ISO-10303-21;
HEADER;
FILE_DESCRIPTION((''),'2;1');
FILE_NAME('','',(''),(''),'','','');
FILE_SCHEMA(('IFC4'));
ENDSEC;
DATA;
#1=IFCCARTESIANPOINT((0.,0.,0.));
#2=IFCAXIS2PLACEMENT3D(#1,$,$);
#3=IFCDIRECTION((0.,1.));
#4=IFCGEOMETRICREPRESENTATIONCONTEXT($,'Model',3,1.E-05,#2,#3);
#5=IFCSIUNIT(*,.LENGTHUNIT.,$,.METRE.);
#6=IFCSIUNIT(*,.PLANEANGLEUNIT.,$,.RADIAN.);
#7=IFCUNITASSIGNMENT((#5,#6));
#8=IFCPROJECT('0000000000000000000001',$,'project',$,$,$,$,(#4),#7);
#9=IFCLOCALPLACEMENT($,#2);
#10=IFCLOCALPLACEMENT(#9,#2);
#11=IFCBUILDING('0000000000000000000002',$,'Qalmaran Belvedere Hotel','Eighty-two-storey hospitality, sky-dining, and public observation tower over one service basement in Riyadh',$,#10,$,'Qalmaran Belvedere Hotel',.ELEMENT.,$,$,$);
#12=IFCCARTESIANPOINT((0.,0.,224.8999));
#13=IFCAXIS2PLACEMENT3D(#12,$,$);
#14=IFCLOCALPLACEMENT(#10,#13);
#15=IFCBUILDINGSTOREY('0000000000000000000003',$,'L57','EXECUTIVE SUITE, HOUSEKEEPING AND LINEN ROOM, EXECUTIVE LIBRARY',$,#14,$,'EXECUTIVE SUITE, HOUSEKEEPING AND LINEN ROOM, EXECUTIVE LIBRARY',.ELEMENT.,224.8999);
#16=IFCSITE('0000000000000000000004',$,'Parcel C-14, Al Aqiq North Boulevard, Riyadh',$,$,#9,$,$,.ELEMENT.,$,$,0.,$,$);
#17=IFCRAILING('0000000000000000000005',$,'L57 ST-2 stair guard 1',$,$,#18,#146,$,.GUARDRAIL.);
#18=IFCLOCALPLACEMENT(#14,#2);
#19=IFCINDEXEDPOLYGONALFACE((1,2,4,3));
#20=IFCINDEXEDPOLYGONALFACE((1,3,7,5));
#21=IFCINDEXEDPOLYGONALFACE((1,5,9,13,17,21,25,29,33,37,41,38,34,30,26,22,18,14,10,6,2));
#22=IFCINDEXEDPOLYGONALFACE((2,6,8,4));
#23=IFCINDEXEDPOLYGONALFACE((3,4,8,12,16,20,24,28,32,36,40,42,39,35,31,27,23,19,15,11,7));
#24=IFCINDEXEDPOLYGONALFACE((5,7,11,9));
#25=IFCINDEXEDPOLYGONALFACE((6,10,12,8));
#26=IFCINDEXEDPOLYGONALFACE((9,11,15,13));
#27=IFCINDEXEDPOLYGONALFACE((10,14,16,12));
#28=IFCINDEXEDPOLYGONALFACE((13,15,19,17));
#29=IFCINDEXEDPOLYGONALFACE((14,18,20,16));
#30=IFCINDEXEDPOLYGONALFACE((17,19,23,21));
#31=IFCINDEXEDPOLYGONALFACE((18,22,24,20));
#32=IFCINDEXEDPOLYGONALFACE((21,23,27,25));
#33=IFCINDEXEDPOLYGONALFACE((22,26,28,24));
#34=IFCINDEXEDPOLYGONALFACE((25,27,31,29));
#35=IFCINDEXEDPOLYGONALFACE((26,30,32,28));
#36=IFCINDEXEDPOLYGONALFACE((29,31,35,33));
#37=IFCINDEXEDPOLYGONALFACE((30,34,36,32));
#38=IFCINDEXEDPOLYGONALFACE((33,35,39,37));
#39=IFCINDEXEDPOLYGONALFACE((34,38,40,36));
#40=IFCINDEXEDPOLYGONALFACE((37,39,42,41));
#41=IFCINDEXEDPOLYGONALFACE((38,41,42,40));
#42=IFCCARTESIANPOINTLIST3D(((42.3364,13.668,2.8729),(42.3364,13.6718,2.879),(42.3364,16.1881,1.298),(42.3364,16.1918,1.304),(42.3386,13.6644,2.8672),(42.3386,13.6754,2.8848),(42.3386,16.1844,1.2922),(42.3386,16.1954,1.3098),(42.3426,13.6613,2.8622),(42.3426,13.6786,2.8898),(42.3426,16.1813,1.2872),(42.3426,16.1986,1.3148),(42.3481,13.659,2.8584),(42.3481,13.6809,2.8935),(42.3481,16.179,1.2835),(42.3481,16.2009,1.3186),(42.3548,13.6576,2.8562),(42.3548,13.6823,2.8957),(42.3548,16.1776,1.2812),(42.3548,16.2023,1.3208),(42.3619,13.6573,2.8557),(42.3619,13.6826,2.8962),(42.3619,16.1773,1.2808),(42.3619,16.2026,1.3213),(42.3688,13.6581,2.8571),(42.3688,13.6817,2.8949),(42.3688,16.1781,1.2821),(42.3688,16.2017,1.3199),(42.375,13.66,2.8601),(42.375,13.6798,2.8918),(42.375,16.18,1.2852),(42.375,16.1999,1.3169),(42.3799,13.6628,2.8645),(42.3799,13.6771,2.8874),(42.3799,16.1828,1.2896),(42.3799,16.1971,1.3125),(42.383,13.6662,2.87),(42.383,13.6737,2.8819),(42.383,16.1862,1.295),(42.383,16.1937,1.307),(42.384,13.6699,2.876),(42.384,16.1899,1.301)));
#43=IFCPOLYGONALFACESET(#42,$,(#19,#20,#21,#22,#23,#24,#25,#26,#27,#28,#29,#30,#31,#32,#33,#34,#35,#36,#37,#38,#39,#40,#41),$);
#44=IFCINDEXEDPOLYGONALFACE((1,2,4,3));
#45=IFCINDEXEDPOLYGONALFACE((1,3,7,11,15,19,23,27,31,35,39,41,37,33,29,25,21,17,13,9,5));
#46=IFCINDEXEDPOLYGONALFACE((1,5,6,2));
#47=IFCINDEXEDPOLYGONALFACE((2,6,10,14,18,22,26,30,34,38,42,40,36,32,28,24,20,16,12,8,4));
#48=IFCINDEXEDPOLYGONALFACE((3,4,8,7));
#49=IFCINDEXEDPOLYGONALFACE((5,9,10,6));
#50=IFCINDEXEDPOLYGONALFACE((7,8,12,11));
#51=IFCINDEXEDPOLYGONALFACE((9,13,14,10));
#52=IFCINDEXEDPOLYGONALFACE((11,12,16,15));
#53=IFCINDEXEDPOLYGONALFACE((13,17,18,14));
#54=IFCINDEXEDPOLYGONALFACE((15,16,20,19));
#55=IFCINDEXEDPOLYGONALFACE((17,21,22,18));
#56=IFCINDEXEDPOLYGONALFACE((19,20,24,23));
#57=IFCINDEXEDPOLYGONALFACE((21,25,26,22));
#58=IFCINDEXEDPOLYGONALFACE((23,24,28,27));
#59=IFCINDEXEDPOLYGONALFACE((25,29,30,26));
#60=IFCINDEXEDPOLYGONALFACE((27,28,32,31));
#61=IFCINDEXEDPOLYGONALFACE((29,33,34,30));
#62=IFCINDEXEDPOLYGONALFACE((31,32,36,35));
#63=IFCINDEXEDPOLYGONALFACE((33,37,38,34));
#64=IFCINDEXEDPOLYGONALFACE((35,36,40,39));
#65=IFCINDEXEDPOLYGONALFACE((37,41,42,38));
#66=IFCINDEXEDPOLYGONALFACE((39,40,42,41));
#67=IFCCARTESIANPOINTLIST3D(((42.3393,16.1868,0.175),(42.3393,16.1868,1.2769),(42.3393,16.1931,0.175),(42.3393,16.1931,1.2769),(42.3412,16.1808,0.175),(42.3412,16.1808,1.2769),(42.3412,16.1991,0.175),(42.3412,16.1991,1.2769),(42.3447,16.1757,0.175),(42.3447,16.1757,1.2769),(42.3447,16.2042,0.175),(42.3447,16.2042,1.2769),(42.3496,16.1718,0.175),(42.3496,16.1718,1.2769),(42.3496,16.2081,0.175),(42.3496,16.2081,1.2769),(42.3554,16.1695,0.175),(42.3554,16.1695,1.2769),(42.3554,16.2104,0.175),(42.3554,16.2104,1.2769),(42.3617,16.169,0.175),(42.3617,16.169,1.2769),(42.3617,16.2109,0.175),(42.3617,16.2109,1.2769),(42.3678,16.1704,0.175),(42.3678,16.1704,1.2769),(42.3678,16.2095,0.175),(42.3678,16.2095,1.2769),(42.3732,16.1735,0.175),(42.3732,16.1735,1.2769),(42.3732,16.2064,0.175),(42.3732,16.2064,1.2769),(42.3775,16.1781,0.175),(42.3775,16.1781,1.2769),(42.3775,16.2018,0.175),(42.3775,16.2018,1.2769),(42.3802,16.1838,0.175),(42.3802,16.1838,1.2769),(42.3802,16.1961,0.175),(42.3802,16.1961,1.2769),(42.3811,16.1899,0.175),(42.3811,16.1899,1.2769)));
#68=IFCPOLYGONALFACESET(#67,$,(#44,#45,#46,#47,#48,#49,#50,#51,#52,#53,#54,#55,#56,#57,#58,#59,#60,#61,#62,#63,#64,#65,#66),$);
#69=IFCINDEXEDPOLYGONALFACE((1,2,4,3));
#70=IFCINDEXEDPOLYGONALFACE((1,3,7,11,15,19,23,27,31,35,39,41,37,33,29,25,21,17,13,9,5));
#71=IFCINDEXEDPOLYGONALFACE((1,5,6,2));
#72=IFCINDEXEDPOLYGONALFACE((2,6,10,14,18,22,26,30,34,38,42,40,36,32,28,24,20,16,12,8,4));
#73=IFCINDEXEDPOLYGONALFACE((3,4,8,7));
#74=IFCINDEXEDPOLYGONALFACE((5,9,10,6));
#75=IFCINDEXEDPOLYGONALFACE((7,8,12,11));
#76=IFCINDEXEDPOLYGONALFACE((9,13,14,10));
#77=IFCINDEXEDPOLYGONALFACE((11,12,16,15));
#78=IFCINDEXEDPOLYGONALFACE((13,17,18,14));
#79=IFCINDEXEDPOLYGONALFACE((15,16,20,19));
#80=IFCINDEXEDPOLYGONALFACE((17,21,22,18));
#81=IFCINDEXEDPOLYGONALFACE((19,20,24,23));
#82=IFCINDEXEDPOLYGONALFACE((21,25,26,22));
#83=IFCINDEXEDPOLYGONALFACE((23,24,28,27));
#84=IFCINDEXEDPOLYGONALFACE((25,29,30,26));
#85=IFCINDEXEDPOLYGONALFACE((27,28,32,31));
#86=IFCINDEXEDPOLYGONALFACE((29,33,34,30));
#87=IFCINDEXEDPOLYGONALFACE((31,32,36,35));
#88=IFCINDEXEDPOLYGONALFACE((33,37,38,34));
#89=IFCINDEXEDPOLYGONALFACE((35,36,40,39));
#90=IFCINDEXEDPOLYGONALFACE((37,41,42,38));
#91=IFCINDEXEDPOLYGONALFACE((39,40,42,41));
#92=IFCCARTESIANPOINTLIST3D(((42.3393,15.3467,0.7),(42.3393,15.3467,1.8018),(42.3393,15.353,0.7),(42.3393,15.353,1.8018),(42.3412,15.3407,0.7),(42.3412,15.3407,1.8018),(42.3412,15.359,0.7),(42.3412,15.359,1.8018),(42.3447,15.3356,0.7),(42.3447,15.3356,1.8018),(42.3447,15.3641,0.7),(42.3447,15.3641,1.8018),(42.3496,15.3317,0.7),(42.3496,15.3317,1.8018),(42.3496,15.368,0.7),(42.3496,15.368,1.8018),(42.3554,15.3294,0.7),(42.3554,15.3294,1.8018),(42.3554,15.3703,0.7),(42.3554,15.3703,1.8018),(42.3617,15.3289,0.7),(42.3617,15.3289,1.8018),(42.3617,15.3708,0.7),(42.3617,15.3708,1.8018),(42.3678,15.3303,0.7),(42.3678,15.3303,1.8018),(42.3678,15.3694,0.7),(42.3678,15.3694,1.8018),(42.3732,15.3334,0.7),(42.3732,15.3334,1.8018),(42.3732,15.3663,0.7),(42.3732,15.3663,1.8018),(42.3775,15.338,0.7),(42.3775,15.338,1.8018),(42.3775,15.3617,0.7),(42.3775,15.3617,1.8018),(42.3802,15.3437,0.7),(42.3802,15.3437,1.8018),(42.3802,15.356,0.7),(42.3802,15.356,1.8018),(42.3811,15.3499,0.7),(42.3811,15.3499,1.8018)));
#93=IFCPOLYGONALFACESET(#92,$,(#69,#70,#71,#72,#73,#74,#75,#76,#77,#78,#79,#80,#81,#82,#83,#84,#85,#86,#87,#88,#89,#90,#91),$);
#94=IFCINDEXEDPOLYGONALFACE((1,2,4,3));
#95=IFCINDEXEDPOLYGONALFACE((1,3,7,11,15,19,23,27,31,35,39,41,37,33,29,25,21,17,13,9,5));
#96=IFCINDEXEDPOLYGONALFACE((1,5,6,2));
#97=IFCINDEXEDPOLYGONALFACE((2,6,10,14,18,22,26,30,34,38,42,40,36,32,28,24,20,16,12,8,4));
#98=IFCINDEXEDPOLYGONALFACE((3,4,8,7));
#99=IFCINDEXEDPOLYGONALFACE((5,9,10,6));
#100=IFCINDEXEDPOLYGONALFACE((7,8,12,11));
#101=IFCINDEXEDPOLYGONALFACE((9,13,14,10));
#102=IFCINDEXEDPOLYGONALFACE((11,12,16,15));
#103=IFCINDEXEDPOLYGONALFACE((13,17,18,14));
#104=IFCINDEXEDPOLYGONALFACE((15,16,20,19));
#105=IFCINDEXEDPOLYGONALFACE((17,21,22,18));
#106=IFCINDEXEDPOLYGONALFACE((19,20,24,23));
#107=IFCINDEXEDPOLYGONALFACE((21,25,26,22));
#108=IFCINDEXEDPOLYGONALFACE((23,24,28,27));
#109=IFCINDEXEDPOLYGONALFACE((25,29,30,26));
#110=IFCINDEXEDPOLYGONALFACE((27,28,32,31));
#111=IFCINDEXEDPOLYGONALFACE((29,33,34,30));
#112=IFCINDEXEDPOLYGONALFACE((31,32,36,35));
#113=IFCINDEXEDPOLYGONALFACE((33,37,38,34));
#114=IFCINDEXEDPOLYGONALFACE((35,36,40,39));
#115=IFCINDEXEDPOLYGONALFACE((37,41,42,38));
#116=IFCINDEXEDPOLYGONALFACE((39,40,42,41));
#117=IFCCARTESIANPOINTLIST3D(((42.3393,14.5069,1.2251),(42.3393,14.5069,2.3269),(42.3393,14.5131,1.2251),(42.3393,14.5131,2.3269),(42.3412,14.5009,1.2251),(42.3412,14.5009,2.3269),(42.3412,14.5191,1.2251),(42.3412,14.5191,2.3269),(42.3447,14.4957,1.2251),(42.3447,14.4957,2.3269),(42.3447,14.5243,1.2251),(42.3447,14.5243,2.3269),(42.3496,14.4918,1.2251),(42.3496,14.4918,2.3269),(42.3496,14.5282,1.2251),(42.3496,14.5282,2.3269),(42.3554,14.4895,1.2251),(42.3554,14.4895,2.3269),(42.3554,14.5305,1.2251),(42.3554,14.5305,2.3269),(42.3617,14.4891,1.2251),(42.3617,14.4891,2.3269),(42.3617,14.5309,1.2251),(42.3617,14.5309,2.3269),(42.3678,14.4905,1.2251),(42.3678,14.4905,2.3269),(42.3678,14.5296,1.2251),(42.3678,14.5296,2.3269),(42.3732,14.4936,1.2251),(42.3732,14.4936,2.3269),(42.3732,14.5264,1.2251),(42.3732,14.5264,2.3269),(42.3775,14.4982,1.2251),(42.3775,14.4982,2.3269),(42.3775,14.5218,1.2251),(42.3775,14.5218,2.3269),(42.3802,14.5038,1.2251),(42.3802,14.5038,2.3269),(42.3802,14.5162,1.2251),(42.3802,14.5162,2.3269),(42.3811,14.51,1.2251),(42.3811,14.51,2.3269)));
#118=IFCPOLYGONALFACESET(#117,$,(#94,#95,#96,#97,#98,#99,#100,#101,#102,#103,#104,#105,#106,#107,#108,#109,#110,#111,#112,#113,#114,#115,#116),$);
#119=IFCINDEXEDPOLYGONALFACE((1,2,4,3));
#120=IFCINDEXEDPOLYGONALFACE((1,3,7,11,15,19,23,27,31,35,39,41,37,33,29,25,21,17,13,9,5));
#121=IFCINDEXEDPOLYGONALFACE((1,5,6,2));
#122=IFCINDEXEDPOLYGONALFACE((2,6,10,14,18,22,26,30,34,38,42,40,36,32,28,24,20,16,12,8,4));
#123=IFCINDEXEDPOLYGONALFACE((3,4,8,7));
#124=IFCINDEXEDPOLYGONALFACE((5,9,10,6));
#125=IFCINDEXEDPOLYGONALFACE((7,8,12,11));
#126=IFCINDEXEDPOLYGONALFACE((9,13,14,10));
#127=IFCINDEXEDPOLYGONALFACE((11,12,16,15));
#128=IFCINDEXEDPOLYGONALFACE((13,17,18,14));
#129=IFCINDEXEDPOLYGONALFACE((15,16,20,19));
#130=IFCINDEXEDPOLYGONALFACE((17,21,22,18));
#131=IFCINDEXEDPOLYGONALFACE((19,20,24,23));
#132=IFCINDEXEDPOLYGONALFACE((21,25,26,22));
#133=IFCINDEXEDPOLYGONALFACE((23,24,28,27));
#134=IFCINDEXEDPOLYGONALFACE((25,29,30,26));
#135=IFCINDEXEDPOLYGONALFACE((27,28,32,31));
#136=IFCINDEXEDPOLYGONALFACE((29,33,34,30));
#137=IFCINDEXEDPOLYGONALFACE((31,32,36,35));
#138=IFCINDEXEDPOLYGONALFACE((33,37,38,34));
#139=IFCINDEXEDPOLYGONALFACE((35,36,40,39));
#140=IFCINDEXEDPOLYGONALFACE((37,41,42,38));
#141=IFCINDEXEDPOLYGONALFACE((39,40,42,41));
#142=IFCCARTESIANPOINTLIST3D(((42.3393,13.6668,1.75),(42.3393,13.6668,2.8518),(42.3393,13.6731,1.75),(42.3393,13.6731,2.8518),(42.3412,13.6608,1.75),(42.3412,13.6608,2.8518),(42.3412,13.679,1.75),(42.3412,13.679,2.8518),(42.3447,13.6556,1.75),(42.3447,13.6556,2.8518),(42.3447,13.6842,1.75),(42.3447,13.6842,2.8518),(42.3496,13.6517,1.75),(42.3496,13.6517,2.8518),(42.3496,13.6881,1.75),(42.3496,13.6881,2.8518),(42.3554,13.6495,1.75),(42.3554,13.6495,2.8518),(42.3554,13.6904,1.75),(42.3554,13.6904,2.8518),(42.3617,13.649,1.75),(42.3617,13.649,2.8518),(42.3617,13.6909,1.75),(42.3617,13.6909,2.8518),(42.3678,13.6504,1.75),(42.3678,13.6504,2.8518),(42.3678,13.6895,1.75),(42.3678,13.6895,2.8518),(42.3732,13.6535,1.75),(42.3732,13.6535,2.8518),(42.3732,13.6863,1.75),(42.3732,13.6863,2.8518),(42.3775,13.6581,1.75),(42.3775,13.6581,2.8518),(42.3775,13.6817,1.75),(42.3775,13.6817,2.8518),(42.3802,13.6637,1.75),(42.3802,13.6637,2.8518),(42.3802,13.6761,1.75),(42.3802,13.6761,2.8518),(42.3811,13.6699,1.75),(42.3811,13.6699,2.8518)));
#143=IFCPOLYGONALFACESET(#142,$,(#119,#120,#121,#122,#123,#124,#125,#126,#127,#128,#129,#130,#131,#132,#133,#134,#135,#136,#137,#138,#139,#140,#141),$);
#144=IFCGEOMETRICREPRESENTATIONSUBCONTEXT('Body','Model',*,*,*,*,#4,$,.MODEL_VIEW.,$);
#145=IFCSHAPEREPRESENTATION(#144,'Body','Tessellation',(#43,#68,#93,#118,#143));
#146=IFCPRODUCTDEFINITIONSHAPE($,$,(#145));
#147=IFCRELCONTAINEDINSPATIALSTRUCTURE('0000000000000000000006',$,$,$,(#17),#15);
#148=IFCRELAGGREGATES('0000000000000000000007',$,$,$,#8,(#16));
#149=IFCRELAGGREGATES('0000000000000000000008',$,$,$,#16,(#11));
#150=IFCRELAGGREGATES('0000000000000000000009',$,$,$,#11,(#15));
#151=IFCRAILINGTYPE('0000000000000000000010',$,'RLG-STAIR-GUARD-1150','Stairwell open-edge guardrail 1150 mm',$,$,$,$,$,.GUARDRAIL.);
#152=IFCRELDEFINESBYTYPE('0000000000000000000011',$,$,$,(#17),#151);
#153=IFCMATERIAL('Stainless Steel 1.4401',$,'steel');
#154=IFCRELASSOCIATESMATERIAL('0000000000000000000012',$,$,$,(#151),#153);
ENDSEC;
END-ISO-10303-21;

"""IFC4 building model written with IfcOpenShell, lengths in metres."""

from ifc_helpers import new_model, si_unit, direction, frame, origin, origin_2d, place, context, subcontext, project, spatial, circle, extrude, material, type_object, element, save


model = new_model("IFC4")

# Units and contexts
model_context = context("Model", 3, precision=1e-05, world=origin(), true_north=direction((0.0, 1.0)))
body_context = subcontext(model_context, "Body", "Model", "MODEL_VIEW")
ifc_project = project(units=[si_unit("LENGTHUNIT", "METRE"), si_unit("PLANEANGLEUNIT", "RADIAN")], contexts=[model_context])

# Site, building, storey
site_placement = place(None, origin())
site = spatial("IfcSite", under=ifc_project, at=site_placement, Name="Parcel C-14, Al Aqiq North Boulevard, Riyadh", CompositionType="ELEMENT", RefElevation=0.0)
building_placement = place(site_placement, origin())
building = spatial("IfcBuilding", under=site, at=building_placement, Name="Qalmaran Belvedere Hotel", Description="Eighty-two-storey hospitality, sky-dining, and public observation tower over one service basement in Riyadh", LongName="Qalmaran Belvedere Hotel", CompositionType="ELEMENT")
storey_placement = place(building_placement, frame((0.0, 0.0, 224.8999)))
storey = spatial("IfcBuildingStorey", under=building, at=storey_placement, Name="L57", Description="EXECUTIVE SUITE, HOUSEKEEPING AND LINEN ROOM, EXECUTIVE LIBRARY", LongName="EXECUTIVE SUITE, HOUSEKEEPING AND LINEN ROOM, EXECUTIVE LIBRARY", CompositionType="ELEMENT", Elevation=224.8999)

# Railing
ifc_material_1 = material(Name="Stainless Steel 1.4401", Category="steel")
railing_type_1 = type_object("IfcRailingType", Name="RLG-STAIR-GUARD-1150", Description="Stairwell open-edge guardrail 1150 mm", PredefinedType="GUARDRAIL", material=ifc_material_1)
railing_1_placement = place(storey_placement, frame((42.3601, 16.1899, 0.175)))
element("IfcRailing", 1, at=railing_1_placement, inside=storey, type_object=railing_type_1, Name="L57 ST-2 stair guard 1", PredefinedType="GUARDRAIL", context=body_context, shape_type="SweptSolid", body=[
    extrude(circle(Radius=0.0239, at=origin_2d()), frame((0.0, 0.0, 1.126), z_axis=(0.0, -0.848008, 0.529984), x_axis=(1.0, 0.0, 0.0)), (0.0, 0.0, 1.0), 2.9717),
    extrude(circle(Radius=0.021, at=origin_2d()), origin(), (0.0, 0.0, 1.0), 1.1018),
    extrude(circle(Radius=0.021, at=origin_2d()), frame((0.0, -0.8401, 0.5249)), (0.0, 0.0, 1.0), 1.1018),
    extrude(circle(Radius=0.021, at=origin_2d()), frame((0.0, -1.6799, 1.05)), (0.0, 0.0, 1.0), 1.1018),
    extrude(circle(Radius=0.021, at=origin_2d()), frame((0.0, -2.52, 1.575)), (0.0, 0.0, 1.0), 1.1018),
])

save(model, "model.ifc")
